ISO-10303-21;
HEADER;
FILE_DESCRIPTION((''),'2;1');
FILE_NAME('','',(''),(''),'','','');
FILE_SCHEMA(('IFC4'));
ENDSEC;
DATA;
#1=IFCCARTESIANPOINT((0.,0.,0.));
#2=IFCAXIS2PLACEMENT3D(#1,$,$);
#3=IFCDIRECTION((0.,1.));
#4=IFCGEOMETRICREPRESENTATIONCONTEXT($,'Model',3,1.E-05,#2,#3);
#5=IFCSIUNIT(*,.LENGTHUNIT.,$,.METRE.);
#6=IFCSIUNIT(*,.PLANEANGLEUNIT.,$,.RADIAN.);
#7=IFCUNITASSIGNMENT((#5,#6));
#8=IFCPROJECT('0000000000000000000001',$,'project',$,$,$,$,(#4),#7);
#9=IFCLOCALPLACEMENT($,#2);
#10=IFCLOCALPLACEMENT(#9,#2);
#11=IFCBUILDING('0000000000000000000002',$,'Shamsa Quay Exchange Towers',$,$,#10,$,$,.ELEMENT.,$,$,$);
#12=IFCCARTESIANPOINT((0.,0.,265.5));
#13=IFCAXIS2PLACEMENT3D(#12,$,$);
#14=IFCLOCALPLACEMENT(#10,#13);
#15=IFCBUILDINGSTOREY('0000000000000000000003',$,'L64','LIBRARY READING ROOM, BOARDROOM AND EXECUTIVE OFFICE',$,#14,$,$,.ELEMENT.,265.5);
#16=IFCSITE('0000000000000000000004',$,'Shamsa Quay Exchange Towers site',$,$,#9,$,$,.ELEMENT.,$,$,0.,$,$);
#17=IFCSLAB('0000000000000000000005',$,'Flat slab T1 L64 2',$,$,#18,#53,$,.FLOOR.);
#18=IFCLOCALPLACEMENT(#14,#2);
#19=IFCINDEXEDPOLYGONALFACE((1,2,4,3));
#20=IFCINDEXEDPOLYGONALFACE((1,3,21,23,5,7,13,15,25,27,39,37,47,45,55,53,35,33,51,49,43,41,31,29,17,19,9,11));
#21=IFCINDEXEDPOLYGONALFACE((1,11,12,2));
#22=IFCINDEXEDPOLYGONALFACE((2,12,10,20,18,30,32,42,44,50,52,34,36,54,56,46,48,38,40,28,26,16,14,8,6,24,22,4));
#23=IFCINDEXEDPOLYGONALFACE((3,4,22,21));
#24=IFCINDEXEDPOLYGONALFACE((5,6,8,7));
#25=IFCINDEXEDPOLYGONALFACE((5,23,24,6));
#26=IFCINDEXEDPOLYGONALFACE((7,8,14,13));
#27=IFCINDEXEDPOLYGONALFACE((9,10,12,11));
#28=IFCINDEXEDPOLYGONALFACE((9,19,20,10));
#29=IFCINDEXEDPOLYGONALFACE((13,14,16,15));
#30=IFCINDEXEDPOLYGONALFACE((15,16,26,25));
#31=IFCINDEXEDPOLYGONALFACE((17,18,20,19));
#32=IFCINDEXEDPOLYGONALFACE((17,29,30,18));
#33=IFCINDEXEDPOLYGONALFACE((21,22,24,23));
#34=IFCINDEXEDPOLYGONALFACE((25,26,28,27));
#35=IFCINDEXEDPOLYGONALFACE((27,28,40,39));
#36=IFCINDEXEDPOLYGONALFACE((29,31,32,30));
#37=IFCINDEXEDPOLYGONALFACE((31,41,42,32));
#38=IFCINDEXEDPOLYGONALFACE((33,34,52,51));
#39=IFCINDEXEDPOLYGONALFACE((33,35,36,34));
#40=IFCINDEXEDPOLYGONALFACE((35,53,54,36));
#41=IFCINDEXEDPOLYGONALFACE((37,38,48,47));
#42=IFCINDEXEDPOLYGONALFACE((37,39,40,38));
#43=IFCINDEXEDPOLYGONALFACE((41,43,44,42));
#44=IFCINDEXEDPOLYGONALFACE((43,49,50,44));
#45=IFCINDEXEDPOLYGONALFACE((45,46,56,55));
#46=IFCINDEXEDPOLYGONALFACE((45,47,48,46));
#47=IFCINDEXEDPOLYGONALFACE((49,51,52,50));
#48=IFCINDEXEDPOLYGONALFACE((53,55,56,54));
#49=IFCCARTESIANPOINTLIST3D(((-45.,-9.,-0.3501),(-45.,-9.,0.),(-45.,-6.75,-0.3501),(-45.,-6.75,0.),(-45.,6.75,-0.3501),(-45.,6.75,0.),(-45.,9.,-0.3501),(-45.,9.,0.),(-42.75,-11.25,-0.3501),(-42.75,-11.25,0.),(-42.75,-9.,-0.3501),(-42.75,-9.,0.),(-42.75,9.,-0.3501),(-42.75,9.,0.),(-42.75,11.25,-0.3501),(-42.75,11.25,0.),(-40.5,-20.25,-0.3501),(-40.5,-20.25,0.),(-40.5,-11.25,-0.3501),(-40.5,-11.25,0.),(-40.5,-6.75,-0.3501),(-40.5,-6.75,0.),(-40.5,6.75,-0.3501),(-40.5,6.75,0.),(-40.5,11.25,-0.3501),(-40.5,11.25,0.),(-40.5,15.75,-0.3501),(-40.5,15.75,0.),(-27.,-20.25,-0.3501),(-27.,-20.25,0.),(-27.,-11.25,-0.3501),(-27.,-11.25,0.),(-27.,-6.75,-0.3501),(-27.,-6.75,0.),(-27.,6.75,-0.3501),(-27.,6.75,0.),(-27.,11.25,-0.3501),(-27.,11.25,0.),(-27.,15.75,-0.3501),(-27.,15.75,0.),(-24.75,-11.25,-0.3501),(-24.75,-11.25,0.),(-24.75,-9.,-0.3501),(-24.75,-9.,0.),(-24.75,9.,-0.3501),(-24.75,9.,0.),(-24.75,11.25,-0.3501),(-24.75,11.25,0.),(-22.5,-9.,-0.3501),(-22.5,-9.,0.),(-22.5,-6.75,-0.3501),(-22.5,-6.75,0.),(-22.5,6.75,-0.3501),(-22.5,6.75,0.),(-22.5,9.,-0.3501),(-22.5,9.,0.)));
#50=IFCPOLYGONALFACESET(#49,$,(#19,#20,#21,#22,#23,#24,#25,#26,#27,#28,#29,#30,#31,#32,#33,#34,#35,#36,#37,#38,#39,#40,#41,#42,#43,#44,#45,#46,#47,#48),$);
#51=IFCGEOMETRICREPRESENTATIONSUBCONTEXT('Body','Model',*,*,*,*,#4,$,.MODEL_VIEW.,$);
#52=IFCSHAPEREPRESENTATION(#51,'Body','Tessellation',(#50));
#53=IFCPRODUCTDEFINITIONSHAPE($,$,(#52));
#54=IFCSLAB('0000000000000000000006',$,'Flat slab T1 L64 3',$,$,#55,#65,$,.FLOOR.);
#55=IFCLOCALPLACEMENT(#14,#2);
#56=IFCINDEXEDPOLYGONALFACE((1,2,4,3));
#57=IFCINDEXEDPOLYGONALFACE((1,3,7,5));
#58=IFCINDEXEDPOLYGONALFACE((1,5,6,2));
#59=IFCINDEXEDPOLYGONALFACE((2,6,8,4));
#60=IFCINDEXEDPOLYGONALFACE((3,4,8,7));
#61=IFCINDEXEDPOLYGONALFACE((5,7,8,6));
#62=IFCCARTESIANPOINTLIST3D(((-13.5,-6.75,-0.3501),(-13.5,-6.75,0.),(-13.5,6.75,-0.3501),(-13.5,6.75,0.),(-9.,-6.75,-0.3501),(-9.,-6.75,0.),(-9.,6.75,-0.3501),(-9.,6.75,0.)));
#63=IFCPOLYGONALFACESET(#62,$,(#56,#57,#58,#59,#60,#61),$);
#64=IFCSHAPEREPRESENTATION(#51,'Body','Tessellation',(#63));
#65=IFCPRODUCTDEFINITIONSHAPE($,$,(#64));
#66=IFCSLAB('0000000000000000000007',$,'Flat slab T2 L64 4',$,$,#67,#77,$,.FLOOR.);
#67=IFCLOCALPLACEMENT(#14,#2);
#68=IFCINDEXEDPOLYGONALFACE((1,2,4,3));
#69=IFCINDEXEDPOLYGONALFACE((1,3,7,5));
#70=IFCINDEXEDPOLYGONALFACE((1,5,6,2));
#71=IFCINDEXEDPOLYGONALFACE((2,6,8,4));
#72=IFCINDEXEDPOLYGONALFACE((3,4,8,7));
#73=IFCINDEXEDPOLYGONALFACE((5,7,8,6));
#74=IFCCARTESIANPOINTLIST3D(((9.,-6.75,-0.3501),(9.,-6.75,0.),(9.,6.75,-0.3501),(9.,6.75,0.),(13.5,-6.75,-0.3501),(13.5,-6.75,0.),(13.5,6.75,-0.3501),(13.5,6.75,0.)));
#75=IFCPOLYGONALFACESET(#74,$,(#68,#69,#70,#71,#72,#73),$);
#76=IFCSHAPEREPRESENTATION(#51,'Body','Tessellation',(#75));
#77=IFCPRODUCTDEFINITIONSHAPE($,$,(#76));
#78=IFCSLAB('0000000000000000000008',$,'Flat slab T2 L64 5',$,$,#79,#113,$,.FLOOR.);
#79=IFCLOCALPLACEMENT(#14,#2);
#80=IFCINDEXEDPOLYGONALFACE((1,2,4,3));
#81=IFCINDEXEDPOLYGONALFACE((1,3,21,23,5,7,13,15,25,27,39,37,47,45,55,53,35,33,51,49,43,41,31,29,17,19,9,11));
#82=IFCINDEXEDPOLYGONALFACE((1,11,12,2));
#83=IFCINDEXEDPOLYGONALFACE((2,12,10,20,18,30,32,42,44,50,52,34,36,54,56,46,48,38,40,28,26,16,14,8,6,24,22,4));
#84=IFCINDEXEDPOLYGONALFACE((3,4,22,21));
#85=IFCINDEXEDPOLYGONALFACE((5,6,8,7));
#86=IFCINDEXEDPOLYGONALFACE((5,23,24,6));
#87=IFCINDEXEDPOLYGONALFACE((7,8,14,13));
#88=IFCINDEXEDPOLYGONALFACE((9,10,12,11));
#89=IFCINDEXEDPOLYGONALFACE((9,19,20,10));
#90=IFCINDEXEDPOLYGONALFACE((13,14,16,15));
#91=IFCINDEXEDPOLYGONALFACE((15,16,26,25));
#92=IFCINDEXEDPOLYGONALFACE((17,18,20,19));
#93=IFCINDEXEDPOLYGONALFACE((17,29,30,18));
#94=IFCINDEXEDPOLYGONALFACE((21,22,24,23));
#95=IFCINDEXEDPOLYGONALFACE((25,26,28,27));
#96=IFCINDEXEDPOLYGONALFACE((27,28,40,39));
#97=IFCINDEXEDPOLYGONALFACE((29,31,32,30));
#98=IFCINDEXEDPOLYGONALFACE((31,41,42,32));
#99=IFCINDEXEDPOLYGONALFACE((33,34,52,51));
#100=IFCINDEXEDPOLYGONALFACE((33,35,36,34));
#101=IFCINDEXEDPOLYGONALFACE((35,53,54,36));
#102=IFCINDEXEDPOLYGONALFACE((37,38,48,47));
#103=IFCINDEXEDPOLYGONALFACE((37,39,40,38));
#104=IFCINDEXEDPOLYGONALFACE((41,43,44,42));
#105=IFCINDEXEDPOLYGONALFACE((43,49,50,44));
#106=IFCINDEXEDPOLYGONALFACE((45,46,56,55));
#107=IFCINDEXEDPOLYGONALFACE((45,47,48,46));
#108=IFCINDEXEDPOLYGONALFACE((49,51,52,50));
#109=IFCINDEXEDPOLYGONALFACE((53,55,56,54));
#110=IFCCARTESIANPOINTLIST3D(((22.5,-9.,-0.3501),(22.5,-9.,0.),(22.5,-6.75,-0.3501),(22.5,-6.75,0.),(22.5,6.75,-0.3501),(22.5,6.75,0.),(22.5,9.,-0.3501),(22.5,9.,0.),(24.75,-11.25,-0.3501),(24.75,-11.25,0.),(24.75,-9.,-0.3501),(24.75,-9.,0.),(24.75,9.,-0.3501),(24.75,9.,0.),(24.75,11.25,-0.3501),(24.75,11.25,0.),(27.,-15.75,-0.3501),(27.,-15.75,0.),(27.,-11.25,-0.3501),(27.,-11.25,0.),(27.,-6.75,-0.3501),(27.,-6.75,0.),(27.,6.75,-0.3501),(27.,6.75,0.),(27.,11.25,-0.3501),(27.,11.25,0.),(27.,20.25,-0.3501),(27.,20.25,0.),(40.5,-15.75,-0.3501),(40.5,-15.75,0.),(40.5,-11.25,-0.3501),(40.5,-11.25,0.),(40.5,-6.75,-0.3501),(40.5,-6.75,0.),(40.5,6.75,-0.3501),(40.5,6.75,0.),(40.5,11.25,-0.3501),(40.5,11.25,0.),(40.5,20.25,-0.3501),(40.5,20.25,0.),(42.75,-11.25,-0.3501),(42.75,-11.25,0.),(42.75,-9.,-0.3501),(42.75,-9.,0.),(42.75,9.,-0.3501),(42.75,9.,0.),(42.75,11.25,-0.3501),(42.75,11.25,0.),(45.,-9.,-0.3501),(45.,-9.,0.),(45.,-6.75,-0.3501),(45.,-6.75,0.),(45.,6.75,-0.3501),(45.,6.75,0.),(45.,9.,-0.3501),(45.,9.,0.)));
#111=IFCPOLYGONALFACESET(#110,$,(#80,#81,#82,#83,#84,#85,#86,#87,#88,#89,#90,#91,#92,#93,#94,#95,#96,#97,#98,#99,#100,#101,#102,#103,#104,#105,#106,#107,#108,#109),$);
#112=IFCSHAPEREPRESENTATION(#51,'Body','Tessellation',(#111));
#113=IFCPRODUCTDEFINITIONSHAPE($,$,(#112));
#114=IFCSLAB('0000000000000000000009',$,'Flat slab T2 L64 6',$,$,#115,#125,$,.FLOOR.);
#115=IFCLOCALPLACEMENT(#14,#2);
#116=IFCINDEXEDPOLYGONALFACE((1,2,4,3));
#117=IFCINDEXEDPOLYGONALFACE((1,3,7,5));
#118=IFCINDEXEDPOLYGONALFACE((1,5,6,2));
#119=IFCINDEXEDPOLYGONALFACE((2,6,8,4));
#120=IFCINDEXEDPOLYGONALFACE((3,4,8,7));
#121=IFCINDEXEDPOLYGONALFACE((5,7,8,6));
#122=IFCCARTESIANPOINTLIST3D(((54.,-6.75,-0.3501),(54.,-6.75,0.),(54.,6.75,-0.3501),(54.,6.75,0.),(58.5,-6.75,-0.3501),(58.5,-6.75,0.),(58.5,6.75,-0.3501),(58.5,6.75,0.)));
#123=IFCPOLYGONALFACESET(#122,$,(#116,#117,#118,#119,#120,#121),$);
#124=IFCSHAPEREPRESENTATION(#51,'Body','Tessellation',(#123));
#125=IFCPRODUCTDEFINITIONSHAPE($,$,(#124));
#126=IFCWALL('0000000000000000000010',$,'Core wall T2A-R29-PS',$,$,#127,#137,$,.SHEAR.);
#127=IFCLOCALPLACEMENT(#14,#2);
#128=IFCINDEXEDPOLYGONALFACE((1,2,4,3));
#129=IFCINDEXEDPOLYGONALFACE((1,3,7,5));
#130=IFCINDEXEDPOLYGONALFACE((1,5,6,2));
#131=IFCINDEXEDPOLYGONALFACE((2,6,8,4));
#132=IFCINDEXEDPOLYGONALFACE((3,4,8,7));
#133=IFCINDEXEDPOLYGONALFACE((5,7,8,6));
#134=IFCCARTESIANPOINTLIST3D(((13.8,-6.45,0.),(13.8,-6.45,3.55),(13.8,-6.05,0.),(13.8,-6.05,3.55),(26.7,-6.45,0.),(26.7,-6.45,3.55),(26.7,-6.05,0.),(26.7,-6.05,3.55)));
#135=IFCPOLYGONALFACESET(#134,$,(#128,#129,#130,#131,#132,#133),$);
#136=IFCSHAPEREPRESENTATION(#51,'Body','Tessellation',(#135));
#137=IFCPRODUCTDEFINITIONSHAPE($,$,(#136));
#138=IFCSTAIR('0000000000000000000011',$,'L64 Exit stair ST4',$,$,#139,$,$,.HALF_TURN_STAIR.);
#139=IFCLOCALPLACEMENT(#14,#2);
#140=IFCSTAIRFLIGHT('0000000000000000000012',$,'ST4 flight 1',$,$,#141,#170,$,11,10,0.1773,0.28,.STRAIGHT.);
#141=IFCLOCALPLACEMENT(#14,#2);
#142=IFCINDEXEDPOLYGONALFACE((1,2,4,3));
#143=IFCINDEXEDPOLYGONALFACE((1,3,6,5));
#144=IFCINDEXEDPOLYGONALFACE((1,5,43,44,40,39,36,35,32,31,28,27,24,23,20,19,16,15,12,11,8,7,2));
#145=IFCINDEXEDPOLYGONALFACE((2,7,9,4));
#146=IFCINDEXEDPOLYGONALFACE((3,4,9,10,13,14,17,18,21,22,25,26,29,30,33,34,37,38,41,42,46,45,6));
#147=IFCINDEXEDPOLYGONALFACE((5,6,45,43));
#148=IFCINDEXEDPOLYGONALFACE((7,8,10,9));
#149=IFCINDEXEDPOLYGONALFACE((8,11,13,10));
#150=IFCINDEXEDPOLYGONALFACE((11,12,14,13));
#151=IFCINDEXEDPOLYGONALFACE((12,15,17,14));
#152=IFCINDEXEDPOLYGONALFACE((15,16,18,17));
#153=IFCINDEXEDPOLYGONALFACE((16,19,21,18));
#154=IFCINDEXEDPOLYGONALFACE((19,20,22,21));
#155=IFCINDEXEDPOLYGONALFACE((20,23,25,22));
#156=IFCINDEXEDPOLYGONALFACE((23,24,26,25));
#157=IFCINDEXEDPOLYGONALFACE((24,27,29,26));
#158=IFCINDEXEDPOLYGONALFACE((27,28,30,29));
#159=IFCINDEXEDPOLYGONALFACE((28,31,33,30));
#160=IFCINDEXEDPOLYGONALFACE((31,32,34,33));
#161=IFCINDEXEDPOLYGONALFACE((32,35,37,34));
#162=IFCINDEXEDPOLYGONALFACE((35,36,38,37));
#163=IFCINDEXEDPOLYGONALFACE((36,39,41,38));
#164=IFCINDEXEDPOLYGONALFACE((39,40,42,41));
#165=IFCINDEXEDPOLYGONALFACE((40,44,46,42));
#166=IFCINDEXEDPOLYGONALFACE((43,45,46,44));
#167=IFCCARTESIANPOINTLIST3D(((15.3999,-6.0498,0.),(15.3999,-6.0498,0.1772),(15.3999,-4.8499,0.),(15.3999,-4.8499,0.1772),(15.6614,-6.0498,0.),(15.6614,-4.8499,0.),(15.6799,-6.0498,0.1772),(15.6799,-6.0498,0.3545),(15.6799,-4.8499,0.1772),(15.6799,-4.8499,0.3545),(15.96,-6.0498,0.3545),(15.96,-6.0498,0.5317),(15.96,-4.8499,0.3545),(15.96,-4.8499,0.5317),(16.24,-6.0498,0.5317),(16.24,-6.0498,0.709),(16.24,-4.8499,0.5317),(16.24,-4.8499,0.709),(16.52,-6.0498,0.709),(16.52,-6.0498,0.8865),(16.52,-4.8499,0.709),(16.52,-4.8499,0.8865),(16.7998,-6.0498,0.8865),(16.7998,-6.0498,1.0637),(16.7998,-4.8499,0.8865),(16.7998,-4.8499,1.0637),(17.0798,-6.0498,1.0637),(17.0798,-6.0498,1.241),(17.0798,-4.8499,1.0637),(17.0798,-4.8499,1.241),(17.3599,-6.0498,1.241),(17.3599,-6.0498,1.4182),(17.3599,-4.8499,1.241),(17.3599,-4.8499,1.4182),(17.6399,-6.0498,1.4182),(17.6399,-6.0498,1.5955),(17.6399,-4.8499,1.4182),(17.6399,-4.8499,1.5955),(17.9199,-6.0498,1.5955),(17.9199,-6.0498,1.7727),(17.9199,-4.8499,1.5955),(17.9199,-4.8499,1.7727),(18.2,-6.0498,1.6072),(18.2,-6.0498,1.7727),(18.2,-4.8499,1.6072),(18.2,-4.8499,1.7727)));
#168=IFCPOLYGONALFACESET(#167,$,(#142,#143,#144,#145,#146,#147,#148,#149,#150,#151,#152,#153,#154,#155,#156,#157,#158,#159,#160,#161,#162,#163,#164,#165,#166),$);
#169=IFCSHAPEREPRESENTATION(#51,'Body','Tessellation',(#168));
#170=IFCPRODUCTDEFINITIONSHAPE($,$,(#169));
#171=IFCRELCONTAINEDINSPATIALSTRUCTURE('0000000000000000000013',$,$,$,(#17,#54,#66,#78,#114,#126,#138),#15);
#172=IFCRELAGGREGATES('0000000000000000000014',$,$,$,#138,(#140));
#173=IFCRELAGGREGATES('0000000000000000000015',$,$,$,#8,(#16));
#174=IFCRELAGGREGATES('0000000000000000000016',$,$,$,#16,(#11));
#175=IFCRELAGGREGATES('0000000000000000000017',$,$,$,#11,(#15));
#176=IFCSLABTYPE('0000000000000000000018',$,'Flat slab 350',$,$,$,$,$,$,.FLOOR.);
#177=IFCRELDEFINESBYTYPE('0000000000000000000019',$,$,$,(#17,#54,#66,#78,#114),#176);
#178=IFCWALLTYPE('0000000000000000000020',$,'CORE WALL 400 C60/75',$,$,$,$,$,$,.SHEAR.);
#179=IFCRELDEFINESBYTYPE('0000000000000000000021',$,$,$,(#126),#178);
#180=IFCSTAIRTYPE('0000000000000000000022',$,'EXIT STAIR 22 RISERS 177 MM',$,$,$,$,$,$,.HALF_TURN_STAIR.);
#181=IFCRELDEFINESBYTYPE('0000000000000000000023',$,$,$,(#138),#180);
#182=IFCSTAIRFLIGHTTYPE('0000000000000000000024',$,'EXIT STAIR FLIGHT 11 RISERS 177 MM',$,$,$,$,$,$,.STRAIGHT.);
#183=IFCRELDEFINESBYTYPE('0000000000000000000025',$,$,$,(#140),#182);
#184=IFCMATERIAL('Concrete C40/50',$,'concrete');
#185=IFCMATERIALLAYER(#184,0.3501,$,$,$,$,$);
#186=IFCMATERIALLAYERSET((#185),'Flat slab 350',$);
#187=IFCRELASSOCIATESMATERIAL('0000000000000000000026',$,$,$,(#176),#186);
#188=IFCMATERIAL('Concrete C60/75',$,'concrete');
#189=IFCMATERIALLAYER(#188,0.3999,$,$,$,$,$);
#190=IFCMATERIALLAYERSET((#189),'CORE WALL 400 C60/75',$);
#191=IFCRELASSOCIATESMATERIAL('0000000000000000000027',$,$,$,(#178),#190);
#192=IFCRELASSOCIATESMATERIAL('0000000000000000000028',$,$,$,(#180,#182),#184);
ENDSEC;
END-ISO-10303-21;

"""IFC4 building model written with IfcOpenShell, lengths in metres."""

from ifc_helpers import new_model, si_unit, direction, frame, frame_2d, origin, place, context, subcontext, project, spatial, polyline, rectangle, outline, extrude, material, layer, layer_set, type_object, element, aggregate, save


model = new_model("IFC4")

# Units and contexts
model_context = context("Model", 3, precision=1e-05, world=origin(), true_north=direction((0.0, 1.0)))
body_context = subcontext(model_context, "Body", "Model", "MODEL_VIEW")
ifc_project = project(units=[si_unit("LENGTHUNIT", "METRE"), si_unit("PLANEANGLEUNIT", "RADIAN")], contexts=[model_context])

# Site, building, storey
site_placement = place(None, origin())
site = spatial("IfcSite", under=ifc_project, at=site_placement, Name="Shamsa Quay Exchange Towers site", CompositionType="ELEMENT", RefElevation=0.0)
building_placement = place(site_placement, origin())
building = spatial("IfcBuilding", under=site, at=building_placement, Name="Shamsa Quay Exchange Towers", CompositionType="ELEMENT")
storey_placement = place(building_placement, frame((0.0, 0.0, 265.5)))
storey = spatial("IfcBuildingStorey", under=building, at=storey_placement, Name="L64", Description="LIBRARY READING ROOM, BOARDROOM AND EXECUTIVE OFFICE", CompositionType="ELEMENT", Elevation=265.5)

# Slabs
ifc_material_1 = material(Name="Concrete C40/50", Category="concrete")
ifc_layer_1 = layer(ifc_material_1, 0.3501)
ifc_layer_set_1 = layer_set([ifc_layer_1], Name="Flat slab 350")
slab_type_1 = type_object("IfcSlabType", Name="Flat slab 350", PredefinedType="FLOOR", material=ifc_layer_set_1)
slab_1_placement = place(storey_placement, frame((0.0, 0.0, -0.3501)))
element("IfcSlab", 1, at=slab_1_placement, inside=storey, type_object=slab_type_1, Name="Flat slab T1 L64 2", PredefinedType="FLOOR", context=body_context, shape_type="SweptSolid", body=[
    extrude(outline(polyline([(-22.5, -9.0), (-22.5, -6.75), (-27.0, -6.75), (-27.0, 6.75), (-22.5, 6.75), (-22.5, 9.0), (-24.75, 9.0), (-24.75, 11.25), (-27.0, 11.25), (-27.0, 15.75), (-40.5, 15.75), (-40.5, 11.25), (-42.75, 11.25), (-42.75, 9.0), (-45.0, 9.0), (-45.0, 6.75), (-40.5, 6.75), (-40.5, -6.75), (-45.0, -6.75), (-45.0, -9.0), (-42.75, -9.0), (-42.75, -11.25), (-40.5, -11.25), (-40.5, -20.25), (-27.0, -20.25), (-27.0, -11.25), (-24.75, -11.25), (-24.75, -9.0), (-22.5, -9.0)])), origin(), (0.0, 0.0, 1.0), 0.3501),
])
slab_2_placement = place(storey_placement, frame((0.0, 0.0, -0.3501)))
element("IfcSlab", 2, at=slab_2_placement, inside=storey, type_object=slab_type_1, Name="Flat slab T1 L64 3", PredefinedType="FLOOR", context=body_context, shape_type="SweptSolid", body=[
    extrude(outline(polyline([(-9.0, 6.75), (-13.5, 6.75), (-13.5, -6.75), (-9.0, -6.75), (-9.0, 6.75)])), origin(), (0.0, 0.0, 1.0), 0.3501),
])
slab_3_placement = place(storey_placement, frame((0.0, 0.0, -0.3501)))
element("IfcSlab", 3, at=slab_3_placement, inside=storey, type_object=slab_type_1, Name="Flat slab T2 L64 4", PredefinedType="FLOOR", context=body_context, shape_type="SweptSolid", body=[
    extrude(outline(polyline([(9.0, -6.75), (13.5, -6.75), (13.5, 6.75), (9.0, 6.75), (9.0, -6.75)])), origin(), (0.0, 0.0, 1.0), 0.3501),
])
slab_4_placement = place(storey_placement, frame((0.0, 0.0, -0.3501)))
element("IfcSlab", 4, at=slab_4_placement, inside=storey, type_object=slab_type_1, Name="Flat slab T2 L64 5", PredefinedType="FLOOR", context=body_context, shape_type="SweptSolid", body=[
    extrude(outline(polyline([(45.0, -9.0), (45.0, -6.75), (40.5, -6.75), (40.5, 6.75), (45.0, 6.75), (45.0, 9.0), (42.75, 9.0), (42.75, 11.25), (40.5, 11.25), (40.5, 20.25), (27.0, 20.25), (27.0, 11.25), (24.75, 11.25), (24.75, 9.0), (22.5, 9.0), (22.5, 6.75), (27.0, 6.75), (27.0, -6.75), (22.5, -6.75), (22.5, -9.0), (24.75, -9.0), (24.75, -11.25), (27.0, -11.25), (27.0, -15.75), (40.5, -15.75), (40.5, -11.25), (42.75, -11.25), (42.75, -9.0), (45.0, -9.0)])), origin(), (0.0, 0.0, 1.0), 0.3501),
])
slab_5_placement = place(storey_placement, frame((0.0, 0.0, -0.3501)))
element("IfcSlab", 5, at=slab_5_placement, inside=storey, type_object=slab_type_1, Name="Flat slab T2 L64 6", PredefinedType="FLOOR", context=body_context, shape_type="SweptSolid", body=[
    extrude(outline(polyline([(58.5, 6.75), (54.0, 6.75), (54.0, -6.75), (58.5, -6.75), (58.5, 6.75)])), origin(), (0.0, 0.0, 1.0), 0.3501),
])

# Wall
ifc_material_2 = material(Name="Concrete C60/75", Category="concrete")
ifc_layer_2 = layer(ifc_material_2, 0.3999)
ifc_layer_set_2 = layer_set([ifc_layer_2], Name="CORE WALL 400 C60/75")
wall_type = type_object("IfcWallType", Name="CORE WALL 400 C60/75", PredefinedType="SHEAR", material=ifc_layer_set_2)
wall_placement = place(storey_placement, frame((13.8, -6.25, 0.0)))
element("IfcWall", 6, at=wall_placement, inside=storey, type_object=wall_type, Name="Core wall T2A-R29-PS", PredefinedType="SHEAR", context=body_context, shape_type="SweptSolid", body=[
    extrude(rectangle(XDim=12.8999, YDim=0.3999, at=frame_2d((6.45, 0.0))), origin(), (0.0, 0.0, 1.0), 3.55),
])

# Stair, stair flight
stair_type = type_object("IfcStairType", Name="EXIT STAIR 22 RISERS 177 MM", PredefinedType="HALF_TURN_STAIR", material=ifc_material_1)
stair_placement = place(storey_placement, origin())
stair = element("IfcStair", 7, at=stair_placement, inside=storey, type_object=stair_type, Name="L64 Exit stair ST4", PredefinedType="HALF_TURN_STAIR")
stair_flight_type = type_object("IfcStairFlightType", Name="EXIT STAIR FLIGHT 11 RISERS 177 MM", PredefinedType="STRAIGHT", material=ifc_material_1)
stair_flight_placement = place(storey_placement, frame((15.3999, -5.45, 0.0)))
stair_flight = element("IfcStairFlight", 8, at=stair_flight_placement, type_object=stair_flight_type, Name="ST4 flight 1", NumberOfRisers=11, NumberOfTreads=10, PredefinedType="STRAIGHT", RiserHeight=0.1773, TreadLength=0.28, context=body_context, shape_type="SweptSolid", body=[
    extrude(outline(polyline([(0.0, 0.0), (0.0, 0.1772), (0.28, 0.1772), (0.28, 0.3545), (0.5601, 0.3545), (0.5601, 0.5317), (0.8401, 0.5317), (0.8401, 0.709), (1.1201, 0.709), (1.1201, 0.8865), (1.3999, 0.8865), (1.3999, 1.0637), (1.6799, 1.0637), (1.6799, 1.241), (1.96, 1.241), (1.96, 1.4182), (2.24, 1.4182), (2.24, 1.5955), (2.52, 1.5955), (2.52, 1.7727), (2.8, 1.7727), (2.8, 1.95), (2.8, 1.6072), (0.2615, 0.0), (0.0, 0.0)])), frame((0.0, 0.6001, 0.0), z_axis=(0.0, -1.0, 0.0), x_axis=(1.0, 0.0, 0.0)), (0.0, 0.0, 1.0), 1.2),
])
aggregate(stair, [stair_flight])

save(model, "model.ifc")
